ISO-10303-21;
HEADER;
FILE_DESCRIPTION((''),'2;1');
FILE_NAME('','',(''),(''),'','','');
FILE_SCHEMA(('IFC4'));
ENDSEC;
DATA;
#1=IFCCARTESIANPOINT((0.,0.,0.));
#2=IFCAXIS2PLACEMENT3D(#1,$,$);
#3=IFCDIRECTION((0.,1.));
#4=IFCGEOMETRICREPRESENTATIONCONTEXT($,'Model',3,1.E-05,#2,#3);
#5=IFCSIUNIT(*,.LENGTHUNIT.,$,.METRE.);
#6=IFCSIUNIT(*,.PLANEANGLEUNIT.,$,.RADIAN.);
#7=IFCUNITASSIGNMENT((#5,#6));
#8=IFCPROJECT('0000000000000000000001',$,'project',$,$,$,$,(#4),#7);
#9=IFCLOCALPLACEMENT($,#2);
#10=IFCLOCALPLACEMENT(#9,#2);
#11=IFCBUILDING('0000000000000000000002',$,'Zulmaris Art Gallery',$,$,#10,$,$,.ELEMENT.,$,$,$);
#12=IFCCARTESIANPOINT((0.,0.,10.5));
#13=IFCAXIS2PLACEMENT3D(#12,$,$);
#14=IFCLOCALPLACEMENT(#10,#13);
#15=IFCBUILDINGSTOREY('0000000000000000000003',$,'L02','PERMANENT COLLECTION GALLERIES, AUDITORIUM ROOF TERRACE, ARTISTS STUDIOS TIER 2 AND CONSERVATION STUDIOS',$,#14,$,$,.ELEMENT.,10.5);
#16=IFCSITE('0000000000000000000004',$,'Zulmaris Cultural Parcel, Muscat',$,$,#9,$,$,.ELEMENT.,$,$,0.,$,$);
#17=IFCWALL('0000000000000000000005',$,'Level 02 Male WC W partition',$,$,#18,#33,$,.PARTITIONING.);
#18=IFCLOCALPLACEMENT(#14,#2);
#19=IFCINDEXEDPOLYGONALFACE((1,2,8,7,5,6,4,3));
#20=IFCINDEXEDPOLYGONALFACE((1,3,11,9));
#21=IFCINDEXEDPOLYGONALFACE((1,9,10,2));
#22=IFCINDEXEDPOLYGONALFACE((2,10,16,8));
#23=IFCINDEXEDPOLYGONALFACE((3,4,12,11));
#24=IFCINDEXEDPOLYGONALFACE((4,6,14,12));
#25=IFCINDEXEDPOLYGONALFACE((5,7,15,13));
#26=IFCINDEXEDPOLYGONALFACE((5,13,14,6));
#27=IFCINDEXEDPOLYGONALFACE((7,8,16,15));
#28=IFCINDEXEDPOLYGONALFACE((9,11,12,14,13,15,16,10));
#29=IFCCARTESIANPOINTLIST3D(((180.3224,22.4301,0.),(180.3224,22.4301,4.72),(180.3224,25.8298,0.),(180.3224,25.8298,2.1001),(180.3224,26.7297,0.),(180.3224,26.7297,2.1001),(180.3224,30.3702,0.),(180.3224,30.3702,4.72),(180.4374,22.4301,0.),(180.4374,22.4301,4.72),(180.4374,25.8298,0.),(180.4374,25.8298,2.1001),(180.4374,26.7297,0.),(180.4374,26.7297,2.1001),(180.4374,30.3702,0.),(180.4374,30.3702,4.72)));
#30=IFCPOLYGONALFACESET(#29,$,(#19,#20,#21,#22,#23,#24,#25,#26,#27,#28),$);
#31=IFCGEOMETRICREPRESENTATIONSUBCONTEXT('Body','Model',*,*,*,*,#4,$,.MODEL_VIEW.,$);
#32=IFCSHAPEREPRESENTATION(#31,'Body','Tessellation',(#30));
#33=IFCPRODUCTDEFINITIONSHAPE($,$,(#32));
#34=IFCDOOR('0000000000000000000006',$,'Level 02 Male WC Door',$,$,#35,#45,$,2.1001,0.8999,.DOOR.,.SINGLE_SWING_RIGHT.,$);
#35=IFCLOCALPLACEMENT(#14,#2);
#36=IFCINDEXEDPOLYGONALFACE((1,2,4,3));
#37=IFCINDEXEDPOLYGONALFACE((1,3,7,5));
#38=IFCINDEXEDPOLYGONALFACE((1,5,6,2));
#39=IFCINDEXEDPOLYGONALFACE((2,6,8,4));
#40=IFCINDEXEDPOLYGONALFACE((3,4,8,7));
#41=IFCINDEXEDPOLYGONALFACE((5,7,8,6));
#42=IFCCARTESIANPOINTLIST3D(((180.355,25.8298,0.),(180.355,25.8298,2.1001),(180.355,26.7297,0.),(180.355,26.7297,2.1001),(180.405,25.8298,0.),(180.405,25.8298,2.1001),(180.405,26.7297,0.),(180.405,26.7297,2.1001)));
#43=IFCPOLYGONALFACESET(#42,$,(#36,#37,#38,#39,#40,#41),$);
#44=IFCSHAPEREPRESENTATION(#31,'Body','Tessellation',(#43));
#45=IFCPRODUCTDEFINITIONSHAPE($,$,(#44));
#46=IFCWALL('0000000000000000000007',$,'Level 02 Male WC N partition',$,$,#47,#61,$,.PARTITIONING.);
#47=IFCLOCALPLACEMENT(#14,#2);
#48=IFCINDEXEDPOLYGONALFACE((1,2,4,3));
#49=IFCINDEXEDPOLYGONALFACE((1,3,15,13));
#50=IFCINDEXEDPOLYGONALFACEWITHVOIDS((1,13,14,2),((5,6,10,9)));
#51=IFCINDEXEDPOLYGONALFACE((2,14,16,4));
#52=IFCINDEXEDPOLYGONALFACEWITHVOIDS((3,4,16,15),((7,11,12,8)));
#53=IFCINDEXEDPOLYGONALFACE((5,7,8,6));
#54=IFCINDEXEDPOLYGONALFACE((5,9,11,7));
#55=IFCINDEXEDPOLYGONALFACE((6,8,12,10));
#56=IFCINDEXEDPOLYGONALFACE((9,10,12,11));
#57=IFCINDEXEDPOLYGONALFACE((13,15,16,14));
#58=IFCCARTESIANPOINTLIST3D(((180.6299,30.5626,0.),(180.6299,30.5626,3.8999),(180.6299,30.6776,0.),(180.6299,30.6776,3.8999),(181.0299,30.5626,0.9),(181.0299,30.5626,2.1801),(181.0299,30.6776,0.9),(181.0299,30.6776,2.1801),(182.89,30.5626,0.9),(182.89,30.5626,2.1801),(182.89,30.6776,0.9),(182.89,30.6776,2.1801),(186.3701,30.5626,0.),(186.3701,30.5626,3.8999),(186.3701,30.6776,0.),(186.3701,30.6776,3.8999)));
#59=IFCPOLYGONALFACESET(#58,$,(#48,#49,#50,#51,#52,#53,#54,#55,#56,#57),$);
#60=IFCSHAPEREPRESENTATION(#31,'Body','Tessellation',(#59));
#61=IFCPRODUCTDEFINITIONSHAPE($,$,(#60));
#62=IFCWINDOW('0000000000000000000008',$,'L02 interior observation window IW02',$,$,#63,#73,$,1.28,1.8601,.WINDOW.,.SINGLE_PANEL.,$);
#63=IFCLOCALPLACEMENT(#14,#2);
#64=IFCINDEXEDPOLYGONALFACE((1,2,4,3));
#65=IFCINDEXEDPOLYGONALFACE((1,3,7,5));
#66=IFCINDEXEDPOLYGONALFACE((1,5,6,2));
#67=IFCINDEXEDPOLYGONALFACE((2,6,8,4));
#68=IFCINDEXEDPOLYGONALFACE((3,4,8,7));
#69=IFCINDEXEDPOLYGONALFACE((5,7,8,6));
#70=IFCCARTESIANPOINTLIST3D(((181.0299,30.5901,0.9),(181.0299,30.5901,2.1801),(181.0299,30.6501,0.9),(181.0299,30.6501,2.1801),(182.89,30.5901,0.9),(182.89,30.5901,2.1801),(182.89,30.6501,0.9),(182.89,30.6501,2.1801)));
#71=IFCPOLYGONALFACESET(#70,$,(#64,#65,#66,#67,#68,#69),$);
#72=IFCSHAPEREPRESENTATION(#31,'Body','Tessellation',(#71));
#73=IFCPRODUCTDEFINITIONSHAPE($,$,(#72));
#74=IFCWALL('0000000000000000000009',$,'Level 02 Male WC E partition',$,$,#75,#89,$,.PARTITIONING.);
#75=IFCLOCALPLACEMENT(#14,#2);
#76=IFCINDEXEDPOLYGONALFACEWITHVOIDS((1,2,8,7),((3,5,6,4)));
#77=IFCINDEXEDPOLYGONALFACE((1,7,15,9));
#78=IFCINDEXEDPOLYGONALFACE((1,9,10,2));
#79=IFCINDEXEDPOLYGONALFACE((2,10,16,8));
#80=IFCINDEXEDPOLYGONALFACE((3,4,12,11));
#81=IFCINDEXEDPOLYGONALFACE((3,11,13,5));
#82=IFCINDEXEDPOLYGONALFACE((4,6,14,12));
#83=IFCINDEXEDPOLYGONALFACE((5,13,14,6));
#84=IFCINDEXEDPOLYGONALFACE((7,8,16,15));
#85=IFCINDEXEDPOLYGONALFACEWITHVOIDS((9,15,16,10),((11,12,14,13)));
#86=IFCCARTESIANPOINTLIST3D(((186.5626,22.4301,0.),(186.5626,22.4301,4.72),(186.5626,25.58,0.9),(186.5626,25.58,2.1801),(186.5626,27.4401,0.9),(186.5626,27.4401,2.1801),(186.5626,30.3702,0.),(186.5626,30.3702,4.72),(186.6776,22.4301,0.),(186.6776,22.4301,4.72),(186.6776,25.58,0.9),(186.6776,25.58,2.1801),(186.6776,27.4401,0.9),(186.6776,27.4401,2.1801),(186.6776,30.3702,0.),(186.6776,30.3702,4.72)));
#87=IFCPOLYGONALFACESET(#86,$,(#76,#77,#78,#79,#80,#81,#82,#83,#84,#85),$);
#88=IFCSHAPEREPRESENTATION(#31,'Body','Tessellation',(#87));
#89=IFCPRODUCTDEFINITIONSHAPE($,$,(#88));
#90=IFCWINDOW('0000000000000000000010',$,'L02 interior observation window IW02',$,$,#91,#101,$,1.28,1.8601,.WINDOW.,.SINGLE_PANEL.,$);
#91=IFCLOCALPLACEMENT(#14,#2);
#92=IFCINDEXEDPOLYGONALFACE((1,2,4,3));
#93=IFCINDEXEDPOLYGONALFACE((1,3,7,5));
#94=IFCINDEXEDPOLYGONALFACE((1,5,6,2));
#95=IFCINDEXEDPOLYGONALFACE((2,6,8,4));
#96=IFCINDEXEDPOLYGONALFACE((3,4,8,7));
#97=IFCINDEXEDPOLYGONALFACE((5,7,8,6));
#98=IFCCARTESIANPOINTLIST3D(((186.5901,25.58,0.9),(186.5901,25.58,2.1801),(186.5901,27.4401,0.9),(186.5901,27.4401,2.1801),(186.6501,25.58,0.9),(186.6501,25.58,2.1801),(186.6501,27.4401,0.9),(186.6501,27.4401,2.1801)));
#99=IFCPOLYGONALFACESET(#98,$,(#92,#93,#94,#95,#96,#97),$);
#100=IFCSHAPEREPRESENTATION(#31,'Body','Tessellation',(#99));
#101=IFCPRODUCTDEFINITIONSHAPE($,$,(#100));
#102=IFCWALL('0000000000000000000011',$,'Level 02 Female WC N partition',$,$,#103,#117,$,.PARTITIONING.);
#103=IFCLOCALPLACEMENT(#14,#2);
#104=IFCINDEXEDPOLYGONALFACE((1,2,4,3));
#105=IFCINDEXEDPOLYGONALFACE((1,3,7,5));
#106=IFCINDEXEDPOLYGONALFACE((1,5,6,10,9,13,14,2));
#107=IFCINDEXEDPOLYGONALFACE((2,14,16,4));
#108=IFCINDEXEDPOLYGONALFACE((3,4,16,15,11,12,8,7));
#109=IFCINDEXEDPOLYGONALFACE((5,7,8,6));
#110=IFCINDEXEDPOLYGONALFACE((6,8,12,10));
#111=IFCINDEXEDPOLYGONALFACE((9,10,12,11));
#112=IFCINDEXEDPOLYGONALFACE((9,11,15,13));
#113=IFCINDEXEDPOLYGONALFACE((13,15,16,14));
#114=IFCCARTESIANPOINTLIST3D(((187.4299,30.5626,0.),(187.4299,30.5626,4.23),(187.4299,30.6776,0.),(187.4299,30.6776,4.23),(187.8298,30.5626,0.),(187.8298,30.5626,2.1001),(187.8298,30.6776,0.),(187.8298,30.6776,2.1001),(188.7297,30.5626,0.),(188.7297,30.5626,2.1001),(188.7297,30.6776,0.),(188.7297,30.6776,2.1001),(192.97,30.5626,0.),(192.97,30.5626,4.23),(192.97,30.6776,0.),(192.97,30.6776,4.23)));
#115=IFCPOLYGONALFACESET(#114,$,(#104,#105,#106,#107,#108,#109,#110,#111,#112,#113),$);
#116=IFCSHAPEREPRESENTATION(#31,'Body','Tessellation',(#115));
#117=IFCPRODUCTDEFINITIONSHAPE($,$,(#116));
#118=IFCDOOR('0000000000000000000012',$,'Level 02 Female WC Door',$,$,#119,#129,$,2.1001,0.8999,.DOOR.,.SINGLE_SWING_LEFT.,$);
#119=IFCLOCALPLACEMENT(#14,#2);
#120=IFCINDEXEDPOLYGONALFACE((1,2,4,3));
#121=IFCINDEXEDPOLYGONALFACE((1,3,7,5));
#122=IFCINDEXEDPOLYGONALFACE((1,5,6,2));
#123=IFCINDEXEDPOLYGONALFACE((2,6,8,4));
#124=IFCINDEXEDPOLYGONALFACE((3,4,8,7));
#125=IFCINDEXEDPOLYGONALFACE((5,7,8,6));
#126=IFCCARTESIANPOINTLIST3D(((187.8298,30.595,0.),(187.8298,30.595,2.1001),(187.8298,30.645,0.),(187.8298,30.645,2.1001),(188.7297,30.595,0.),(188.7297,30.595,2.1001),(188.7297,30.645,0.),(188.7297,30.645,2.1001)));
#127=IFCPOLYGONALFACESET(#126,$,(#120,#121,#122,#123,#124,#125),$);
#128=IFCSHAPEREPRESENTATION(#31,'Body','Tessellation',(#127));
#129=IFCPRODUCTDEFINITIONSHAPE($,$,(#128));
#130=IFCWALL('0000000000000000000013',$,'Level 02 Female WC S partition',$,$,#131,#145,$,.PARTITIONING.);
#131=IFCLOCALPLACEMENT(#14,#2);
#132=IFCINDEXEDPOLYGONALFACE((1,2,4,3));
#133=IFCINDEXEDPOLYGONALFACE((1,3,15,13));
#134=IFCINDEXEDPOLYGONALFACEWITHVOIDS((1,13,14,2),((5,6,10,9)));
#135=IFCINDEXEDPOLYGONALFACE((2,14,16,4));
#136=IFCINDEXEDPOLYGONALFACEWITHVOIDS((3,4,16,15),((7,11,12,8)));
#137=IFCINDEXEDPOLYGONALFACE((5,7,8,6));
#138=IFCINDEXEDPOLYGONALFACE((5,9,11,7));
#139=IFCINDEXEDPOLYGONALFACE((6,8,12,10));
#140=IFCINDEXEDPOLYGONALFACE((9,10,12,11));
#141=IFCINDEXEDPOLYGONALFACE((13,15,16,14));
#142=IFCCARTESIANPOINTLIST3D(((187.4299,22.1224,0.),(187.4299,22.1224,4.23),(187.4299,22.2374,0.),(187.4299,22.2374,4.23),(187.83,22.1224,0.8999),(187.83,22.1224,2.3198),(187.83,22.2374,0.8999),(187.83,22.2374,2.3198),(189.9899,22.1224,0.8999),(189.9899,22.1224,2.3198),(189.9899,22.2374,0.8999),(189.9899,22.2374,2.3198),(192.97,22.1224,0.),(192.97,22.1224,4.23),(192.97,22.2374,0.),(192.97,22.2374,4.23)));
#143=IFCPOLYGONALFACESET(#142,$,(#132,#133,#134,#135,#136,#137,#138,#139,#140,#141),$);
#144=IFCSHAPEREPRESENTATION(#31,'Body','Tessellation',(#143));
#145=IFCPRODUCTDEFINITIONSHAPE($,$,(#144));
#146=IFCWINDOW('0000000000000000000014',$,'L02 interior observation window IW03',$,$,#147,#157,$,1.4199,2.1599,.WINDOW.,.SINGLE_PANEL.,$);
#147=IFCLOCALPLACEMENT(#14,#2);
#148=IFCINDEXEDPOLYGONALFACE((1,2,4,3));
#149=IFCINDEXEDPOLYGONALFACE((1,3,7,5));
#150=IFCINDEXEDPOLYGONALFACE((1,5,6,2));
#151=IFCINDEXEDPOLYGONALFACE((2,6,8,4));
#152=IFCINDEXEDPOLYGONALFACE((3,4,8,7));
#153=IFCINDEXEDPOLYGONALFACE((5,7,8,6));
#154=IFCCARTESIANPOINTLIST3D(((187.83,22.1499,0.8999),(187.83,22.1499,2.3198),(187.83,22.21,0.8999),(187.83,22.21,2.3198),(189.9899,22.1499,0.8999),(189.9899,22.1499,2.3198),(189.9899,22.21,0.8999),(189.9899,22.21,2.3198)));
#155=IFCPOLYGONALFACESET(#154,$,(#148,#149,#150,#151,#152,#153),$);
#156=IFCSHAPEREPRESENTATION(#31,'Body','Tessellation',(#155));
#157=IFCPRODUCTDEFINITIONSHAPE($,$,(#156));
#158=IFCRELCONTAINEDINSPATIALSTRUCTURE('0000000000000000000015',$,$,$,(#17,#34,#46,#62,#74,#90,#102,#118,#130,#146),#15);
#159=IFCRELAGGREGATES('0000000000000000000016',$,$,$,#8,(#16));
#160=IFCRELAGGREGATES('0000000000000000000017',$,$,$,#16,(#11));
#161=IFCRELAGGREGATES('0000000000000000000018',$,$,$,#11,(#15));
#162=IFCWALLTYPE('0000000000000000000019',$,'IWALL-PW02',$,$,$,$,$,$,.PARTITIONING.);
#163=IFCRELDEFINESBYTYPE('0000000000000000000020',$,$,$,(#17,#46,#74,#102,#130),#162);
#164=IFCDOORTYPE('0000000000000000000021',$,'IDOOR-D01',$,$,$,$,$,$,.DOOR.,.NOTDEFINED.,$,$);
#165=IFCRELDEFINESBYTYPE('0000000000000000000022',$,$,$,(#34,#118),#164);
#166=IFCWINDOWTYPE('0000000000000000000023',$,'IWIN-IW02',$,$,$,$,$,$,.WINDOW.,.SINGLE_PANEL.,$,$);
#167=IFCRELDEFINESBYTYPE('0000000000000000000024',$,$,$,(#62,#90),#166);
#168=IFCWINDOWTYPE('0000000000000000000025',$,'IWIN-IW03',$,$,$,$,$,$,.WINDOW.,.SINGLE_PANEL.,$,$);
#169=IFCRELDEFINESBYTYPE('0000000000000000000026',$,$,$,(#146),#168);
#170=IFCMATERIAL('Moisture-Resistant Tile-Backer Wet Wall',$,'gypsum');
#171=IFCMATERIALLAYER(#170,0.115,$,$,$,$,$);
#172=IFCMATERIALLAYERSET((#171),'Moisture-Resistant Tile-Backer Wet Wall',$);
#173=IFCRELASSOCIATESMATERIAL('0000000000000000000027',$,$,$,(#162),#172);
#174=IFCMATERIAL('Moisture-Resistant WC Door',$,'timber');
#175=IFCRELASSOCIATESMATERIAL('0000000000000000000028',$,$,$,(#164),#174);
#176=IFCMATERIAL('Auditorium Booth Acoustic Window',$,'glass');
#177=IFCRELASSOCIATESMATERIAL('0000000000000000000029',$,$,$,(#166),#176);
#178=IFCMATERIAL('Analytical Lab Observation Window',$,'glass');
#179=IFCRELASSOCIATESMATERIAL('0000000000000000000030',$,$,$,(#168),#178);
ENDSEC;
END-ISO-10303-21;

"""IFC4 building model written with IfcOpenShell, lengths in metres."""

from ifc_helpers import new_model, si_unit, direction, frame, frame_2d, origin, place, context, subcontext, project, spatial, rectangle, extrude, material, layer, layer_set, type_object, element, fill, save


model = new_model("IFC4")

# Units and contexts
model_context = context("Model", 3, precision=1e-05, world=origin(), true_north=direction((0.0, 1.0)))
body_context = subcontext(model_context, "Body", "Model", "MODEL_VIEW")
ifc_project = project(units=[si_unit("LENGTHUNIT", "METRE"), si_unit("PLANEANGLEUNIT", "RADIAN")], contexts=[model_context])

# Site, building, storey
site_placement = place(None, origin())
site = spatial("IfcSite", under=ifc_project, at=site_placement, Name="Zulmaris Cultural Parcel, Muscat", CompositionType="ELEMENT", RefElevation=0.0)
building_placement = place(site_placement, origin())
building = spatial("IfcBuilding", under=site, at=building_placement, Name="Zulmaris Art Gallery", CompositionType="ELEMENT")
storey_placement = place(building_placement, frame((0.0, 0.0, 10.5)))
storey = spatial("IfcBuildingStorey", under=building, at=storey_placement, Name="L02", Description="PERMANENT COLLECTION GALLERIES, AUDITORIUM ROOF TERRACE, ARTISTS STUDIOS TIER 2 AND CONSERVATION STUDIOS", CompositionType="ELEMENT", Elevation=10.5)

# Wall, opening, door
ifc_material_1 = material(Name="Moisture-Resistant Tile-Backer Wet Wall", Category="gypsum")
ifc_layer_1 = layer(ifc_material_1, 0.115)
ifc_layer_set_1 = layer_set([ifc_layer_1], Name="Moisture-Resistant Tile-Backer Wet Wall")
wall_type = type_object("IfcWallType", Name="IWALL-PW02", PredefinedType="PARTITIONING", material=ifc_layer_set_1)
wall_1_placement = place(storey_placement, frame((180.3799, 22.4299, 0.0), z_axis=(0.0, 0.0, 1.0), x_axis=(0.0, 1.0, 0.0)))
wall_1 = element("IfcWall", 1, at=wall_1_placement, inside=storey, type_object=wall_type, Name="Level 02 Male WC W partition", PredefinedType="PARTITIONING", context=body_context, shape_type="SweptSolid", body=[
    extrude(rectangle(XDim=7.9402, YDim=0.115, at=frame_2d((3.9702, 0.0))), origin(), (0.0, 0.0, 1.0), 4.72),
])
opening_1_placement = place(wall_1_placement, frame((3.3999, 0.0, 0.0)))
opening_1 = element("IfcOpeningElement", 2, at=opening_1_placement, cuts=wall_1, PredefinedType="OPENING", context=body_context, shape_type="SweptSolid", body=[
    extrude(rectangle(XDim=0.8999, YDim=2.1001, at=frame_2d((0.45, 1.05))), frame((0.0, 0.0674, 0.0), z_axis=(0.0, -1.0, 0.0), x_axis=(1.0, 0.0, 0.0)), (0.0, 0.0, 1.0), 0.135),
])
ifc_material_2 = material(Name="Moisture-Resistant WC Door", Category="timber")
door_type = type_object("IfcDoorType", Name="IDOOR-D01", OperationType="NOTDEFINED", PredefinedType="DOOR", material=ifc_material_2)
door_1_placement = place(opening_1_placement, origin())
door_1 = element("IfcDoor", 3, at=door_1_placement, inside=storey, type_object=door_type, Name="Level 02 Male WC Door", OperationType="SINGLE_SWING_RIGHT", OverallHeight=2.1001, OverallWidth=0.8999, PredefinedType="DOOR", context=body_context, shape_type="SweptSolid", body=[
    extrude(rectangle(XDim=0.8999, YDim=2.1001, at=frame_2d((0.45, 1.05))), frame((0.0, 0.0249, 0.0), z_axis=(0.0, -1.0, 0.0), x_axis=(1.0, 0.0, 0.0)), (0.0, 0.0, 1.0), 0.05),
])
fill(opening_1, door_1)

# Walls, openings, windows
wall_2_placement = place(storey_placement, frame((180.6299, 30.6201, 0.0), z_axis=(0.0, 0.0, 1.0), x_axis=(1.0, 0.0, 0.0)))
wall_2 = element("IfcWall", 4, at=wall_2_placement, inside=storey, type_object=wall_type, Name="Level 02 Male WC N partition", PredefinedType="PARTITIONING", context=body_context, shape_type="SweptSolid", body=[
    extrude(rectangle(XDim=5.7402, YDim=0.115, at=frame_2d((2.8701, 0.0))), origin(), (0.0, 0.0, 1.0), 3.8999),
])
opening_2_placement = place(wall_2_placement, frame((0.3999, 0.0, 0.8999)))
opening_2 = element("IfcOpeningElement", 5, at=opening_2_placement, cuts=wall_2, PredefinedType="OPENING", context=body_context, shape_type="SweptSolid", body=[
    extrude(rectangle(XDim=1.8601, YDim=1.28, at=frame_2d((0.9302, 0.6401))), frame((0.0, 0.0674, 0.0), z_axis=(0.0, -1.0, 0.0), x_axis=(1.0, 0.0, 0.0)), (0.0, 0.0, 1.0), 0.135),
])
ifc_material_3 = material(Name="Auditorium Booth Acoustic Window", Category="glass")
window_type_1 = type_object("IfcWindowType", Name="IWIN-IW02", PartitioningType="SINGLE_PANEL", PredefinedType="WINDOW", material=ifc_material_3)
window_1_placement = place(opening_2_placement, origin())
window_1 = element("IfcWindow", 6, at=window_1_placement, inside=storey, type_object=window_type_1, Name="L02 interior observation window IW02", OverallHeight=1.28, OverallWidth=1.8601, PartitioningType="SINGLE_PANEL", PredefinedType="WINDOW", context=body_context, shape_type="SweptSolid", body=[
    extrude(rectangle(XDim=1.8601, YDim=1.28, at=frame_2d((0.9302, 0.6401))), frame((0.0, 0.03, 0.0), z_axis=(0.0, -1.0, 0.0), x_axis=(1.0, 0.0, 0.0)), (0.0, 0.0, 1.0), 0.0601),
])
fill(opening_2, window_1)
wall_3_placement = place(storey_placement, frame((186.6201, 22.4299, 0.0), z_axis=(0.0, 0.0, 1.0), x_axis=(0.0, 1.0, 0.0)))
wall_3 = element("IfcWall", 7, at=wall_3_placement, inside=storey, type_object=wall_type, Name="Level 02 Male WC E partition", PredefinedType="PARTITIONING", context=body_context, shape_type="SweptSolid", body=[
    extrude(rectangle(XDim=7.9402, YDim=0.115, at=frame_2d((3.9702, 0.0))), origin(), (0.0, 0.0, 1.0), 4.72),
])
opening_3_placement = place(wall_3_placement, frame((3.1499, 0.0, 0.8999)))
opening_3 = element("IfcOpeningElement", 8, at=opening_3_placement, cuts=wall_3, PredefinedType="OPENING", context=body_context, shape_type="SweptSolid", body=[
    extrude(rectangle(XDim=1.8601, YDim=1.28, at=frame_2d((0.9302, 0.6401))), frame((0.0, 0.0674, 0.0), z_axis=(0.0, -1.0, 0.0), x_axis=(1.0, 0.0, 0.0)), (0.0, 0.0, 1.0), 0.135),
])
window_2_placement = place(opening_3_placement, origin())
window_2 = element("IfcWindow", 9, at=window_2_placement, inside=storey, type_object=window_type_1, Name="L02 interior observation window IW02", OverallHeight=1.28, OverallWidth=1.8601, PartitioningType="SINGLE_PANEL", PredefinedType="WINDOW", context=body_context, shape_type="SweptSolid", body=[
    extrude(rectangle(XDim=1.8601, YDim=1.28, at=frame_2d((0.9302, 0.6401))), frame((0.0, 0.03, 0.0), z_axis=(0.0, -1.0, 0.0), x_axis=(1.0, 0.0, 0.0)), (0.0, 0.0, 1.0), 0.0601),
])
fill(opening_3, window_2)

# Wall, opening, door
wall_4_placement = place(storey_placement, frame((187.4299, 30.6201, 0.0), z_axis=(0.0, 0.0, 1.0), x_axis=(1.0, 0.0, 0.0)))
wall_4 = element("IfcWall", 10, at=wall_4_placement, inside=storey, type_object=wall_type, Name="Level 02 Female WC N partition", PredefinedType="PARTITIONING", context=body_context, shape_type="SweptSolid", body=[
    extrude(rectangle(XDim=5.54, YDim=0.115, at=frame_2d((2.77, 0.0))), origin(), (0.0, 0.0, 1.0), 4.23),
])
opening_4_placement = place(wall_4_placement, frame((0.3999, 0.0, 0.0)))
opening_4 = element("IfcOpeningElement", 11, at=opening_4_placement, cuts=wall_4, PredefinedType="OPENING", context=body_context, shape_type="SweptSolid", body=[
    extrude(rectangle(XDim=0.8999, YDim=2.1001, at=frame_2d((0.45, 1.05))), frame((0.0, 0.0674, 0.0), z_axis=(0.0, -1.0, 0.0), x_axis=(1.0, 0.0, 0.0)), (0.0, 0.0, 1.0), 0.135),
])
door_2_placement = place(opening_4_placement, origin())
door_2 = element("IfcDoor", 12, at=door_2_placement, inside=storey, type_object=door_type, Name="Level 02 Female WC Door", OperationType="SINGLE_SWING_LEFT", OverallHeight=2.1001, OverallWidth=0.8999, PredefinedType="DOOR", context=body_context, shape_type="SweptSolid", body=[
    extrude(rectangle(XDim=0.8999, YDim=2.1001, at=frame_2d((0.45, 1.05))), frame((0.0, 0.0249, 0.0), z_axis=(0.0, -1.0, 0.0), x_axis=(1.0, 0.0, 0.0)), (0.0, 0.0, 1.0), 0.05),
])
fill(opening_4, door_2)

# Wall, opening, window
wall_5_placement = place(storey_placement, frame((187.4299, 22.1799, 0.0), z_axis=(0.0, 0.0, 1.0), x_axis=(1.0, 0.0, 0.0)))
wall_5 = element("IfcWall", 13, at=wall_5_placement, inside=storey, type_object=wall_type, Name="Level 02 Female WC S partition", PredefinedType="PARTITIONING", context=body_context, shape_type="SweptSolid", body=[
    extrude(rectangle(XDim=5.54, YDim=0.115, at=frame_2d((2.77, 0.0))), origin(), (0.0, 0.0, 1.0), 4.23),
])
opening_5_placement = place(wall_5_placement, frame((0.3999, 0.0, 0.8999)))
opening_5 = element("IfcOpeningElement", 14, at=opening_5_placement, cuts=wall_5, PredefinedType="OPENING", context=body_context, shape_type="SweptSolid", body=[
    extrude(rectangle(XDim=2.1599, YDim=1.4199, at=frame_2d((1.0801, 0.71))), frame((0.0, 0.0674, 0.0), z_axis=(0.0, -1.0, 0.0), x_axis=(1.0, 0.0, 0.0)), (0.0, 0.0, 1.0), 0.135),
])
ifc_material_4 = material(Name="Analytical Lab Observation Window", Category="glass")
window_type_2 = type_object("IfcWindowType", Name="IWIN-IW03", PartitioningType="SINGLE_PANEL", PredefinedType="WINDOW", material=ifc_material_4)
window_3_placement = place(opening_5_placement, origin())
window_3 = element("IfcWindow", 15, at=window_3_placement, inside=storey, type_object=window_type_2, Name="L02 interior observation window IW03", OverallHeight=1.4199, OverallWidth=2.1599, PartitioningType="SINGLE_PANEL", PredefinedType="WINDOW", context=body_context, shape_type="SweptSolid", body=[
    extrude(rectangle(XDim=2.1599, YDim=1.4199, at=frame_2d((1.0801, 0.71))), frame((0.0, 0.03, 0.0), z_axis=(0.0, -1.0, 0.0), x_axis=(1.0, 0.0, 0.0)), (0.0, 0.0, 1.0), 0.0601),
])
fill(opening_5, window_3)

save(model, "model.ifc")
